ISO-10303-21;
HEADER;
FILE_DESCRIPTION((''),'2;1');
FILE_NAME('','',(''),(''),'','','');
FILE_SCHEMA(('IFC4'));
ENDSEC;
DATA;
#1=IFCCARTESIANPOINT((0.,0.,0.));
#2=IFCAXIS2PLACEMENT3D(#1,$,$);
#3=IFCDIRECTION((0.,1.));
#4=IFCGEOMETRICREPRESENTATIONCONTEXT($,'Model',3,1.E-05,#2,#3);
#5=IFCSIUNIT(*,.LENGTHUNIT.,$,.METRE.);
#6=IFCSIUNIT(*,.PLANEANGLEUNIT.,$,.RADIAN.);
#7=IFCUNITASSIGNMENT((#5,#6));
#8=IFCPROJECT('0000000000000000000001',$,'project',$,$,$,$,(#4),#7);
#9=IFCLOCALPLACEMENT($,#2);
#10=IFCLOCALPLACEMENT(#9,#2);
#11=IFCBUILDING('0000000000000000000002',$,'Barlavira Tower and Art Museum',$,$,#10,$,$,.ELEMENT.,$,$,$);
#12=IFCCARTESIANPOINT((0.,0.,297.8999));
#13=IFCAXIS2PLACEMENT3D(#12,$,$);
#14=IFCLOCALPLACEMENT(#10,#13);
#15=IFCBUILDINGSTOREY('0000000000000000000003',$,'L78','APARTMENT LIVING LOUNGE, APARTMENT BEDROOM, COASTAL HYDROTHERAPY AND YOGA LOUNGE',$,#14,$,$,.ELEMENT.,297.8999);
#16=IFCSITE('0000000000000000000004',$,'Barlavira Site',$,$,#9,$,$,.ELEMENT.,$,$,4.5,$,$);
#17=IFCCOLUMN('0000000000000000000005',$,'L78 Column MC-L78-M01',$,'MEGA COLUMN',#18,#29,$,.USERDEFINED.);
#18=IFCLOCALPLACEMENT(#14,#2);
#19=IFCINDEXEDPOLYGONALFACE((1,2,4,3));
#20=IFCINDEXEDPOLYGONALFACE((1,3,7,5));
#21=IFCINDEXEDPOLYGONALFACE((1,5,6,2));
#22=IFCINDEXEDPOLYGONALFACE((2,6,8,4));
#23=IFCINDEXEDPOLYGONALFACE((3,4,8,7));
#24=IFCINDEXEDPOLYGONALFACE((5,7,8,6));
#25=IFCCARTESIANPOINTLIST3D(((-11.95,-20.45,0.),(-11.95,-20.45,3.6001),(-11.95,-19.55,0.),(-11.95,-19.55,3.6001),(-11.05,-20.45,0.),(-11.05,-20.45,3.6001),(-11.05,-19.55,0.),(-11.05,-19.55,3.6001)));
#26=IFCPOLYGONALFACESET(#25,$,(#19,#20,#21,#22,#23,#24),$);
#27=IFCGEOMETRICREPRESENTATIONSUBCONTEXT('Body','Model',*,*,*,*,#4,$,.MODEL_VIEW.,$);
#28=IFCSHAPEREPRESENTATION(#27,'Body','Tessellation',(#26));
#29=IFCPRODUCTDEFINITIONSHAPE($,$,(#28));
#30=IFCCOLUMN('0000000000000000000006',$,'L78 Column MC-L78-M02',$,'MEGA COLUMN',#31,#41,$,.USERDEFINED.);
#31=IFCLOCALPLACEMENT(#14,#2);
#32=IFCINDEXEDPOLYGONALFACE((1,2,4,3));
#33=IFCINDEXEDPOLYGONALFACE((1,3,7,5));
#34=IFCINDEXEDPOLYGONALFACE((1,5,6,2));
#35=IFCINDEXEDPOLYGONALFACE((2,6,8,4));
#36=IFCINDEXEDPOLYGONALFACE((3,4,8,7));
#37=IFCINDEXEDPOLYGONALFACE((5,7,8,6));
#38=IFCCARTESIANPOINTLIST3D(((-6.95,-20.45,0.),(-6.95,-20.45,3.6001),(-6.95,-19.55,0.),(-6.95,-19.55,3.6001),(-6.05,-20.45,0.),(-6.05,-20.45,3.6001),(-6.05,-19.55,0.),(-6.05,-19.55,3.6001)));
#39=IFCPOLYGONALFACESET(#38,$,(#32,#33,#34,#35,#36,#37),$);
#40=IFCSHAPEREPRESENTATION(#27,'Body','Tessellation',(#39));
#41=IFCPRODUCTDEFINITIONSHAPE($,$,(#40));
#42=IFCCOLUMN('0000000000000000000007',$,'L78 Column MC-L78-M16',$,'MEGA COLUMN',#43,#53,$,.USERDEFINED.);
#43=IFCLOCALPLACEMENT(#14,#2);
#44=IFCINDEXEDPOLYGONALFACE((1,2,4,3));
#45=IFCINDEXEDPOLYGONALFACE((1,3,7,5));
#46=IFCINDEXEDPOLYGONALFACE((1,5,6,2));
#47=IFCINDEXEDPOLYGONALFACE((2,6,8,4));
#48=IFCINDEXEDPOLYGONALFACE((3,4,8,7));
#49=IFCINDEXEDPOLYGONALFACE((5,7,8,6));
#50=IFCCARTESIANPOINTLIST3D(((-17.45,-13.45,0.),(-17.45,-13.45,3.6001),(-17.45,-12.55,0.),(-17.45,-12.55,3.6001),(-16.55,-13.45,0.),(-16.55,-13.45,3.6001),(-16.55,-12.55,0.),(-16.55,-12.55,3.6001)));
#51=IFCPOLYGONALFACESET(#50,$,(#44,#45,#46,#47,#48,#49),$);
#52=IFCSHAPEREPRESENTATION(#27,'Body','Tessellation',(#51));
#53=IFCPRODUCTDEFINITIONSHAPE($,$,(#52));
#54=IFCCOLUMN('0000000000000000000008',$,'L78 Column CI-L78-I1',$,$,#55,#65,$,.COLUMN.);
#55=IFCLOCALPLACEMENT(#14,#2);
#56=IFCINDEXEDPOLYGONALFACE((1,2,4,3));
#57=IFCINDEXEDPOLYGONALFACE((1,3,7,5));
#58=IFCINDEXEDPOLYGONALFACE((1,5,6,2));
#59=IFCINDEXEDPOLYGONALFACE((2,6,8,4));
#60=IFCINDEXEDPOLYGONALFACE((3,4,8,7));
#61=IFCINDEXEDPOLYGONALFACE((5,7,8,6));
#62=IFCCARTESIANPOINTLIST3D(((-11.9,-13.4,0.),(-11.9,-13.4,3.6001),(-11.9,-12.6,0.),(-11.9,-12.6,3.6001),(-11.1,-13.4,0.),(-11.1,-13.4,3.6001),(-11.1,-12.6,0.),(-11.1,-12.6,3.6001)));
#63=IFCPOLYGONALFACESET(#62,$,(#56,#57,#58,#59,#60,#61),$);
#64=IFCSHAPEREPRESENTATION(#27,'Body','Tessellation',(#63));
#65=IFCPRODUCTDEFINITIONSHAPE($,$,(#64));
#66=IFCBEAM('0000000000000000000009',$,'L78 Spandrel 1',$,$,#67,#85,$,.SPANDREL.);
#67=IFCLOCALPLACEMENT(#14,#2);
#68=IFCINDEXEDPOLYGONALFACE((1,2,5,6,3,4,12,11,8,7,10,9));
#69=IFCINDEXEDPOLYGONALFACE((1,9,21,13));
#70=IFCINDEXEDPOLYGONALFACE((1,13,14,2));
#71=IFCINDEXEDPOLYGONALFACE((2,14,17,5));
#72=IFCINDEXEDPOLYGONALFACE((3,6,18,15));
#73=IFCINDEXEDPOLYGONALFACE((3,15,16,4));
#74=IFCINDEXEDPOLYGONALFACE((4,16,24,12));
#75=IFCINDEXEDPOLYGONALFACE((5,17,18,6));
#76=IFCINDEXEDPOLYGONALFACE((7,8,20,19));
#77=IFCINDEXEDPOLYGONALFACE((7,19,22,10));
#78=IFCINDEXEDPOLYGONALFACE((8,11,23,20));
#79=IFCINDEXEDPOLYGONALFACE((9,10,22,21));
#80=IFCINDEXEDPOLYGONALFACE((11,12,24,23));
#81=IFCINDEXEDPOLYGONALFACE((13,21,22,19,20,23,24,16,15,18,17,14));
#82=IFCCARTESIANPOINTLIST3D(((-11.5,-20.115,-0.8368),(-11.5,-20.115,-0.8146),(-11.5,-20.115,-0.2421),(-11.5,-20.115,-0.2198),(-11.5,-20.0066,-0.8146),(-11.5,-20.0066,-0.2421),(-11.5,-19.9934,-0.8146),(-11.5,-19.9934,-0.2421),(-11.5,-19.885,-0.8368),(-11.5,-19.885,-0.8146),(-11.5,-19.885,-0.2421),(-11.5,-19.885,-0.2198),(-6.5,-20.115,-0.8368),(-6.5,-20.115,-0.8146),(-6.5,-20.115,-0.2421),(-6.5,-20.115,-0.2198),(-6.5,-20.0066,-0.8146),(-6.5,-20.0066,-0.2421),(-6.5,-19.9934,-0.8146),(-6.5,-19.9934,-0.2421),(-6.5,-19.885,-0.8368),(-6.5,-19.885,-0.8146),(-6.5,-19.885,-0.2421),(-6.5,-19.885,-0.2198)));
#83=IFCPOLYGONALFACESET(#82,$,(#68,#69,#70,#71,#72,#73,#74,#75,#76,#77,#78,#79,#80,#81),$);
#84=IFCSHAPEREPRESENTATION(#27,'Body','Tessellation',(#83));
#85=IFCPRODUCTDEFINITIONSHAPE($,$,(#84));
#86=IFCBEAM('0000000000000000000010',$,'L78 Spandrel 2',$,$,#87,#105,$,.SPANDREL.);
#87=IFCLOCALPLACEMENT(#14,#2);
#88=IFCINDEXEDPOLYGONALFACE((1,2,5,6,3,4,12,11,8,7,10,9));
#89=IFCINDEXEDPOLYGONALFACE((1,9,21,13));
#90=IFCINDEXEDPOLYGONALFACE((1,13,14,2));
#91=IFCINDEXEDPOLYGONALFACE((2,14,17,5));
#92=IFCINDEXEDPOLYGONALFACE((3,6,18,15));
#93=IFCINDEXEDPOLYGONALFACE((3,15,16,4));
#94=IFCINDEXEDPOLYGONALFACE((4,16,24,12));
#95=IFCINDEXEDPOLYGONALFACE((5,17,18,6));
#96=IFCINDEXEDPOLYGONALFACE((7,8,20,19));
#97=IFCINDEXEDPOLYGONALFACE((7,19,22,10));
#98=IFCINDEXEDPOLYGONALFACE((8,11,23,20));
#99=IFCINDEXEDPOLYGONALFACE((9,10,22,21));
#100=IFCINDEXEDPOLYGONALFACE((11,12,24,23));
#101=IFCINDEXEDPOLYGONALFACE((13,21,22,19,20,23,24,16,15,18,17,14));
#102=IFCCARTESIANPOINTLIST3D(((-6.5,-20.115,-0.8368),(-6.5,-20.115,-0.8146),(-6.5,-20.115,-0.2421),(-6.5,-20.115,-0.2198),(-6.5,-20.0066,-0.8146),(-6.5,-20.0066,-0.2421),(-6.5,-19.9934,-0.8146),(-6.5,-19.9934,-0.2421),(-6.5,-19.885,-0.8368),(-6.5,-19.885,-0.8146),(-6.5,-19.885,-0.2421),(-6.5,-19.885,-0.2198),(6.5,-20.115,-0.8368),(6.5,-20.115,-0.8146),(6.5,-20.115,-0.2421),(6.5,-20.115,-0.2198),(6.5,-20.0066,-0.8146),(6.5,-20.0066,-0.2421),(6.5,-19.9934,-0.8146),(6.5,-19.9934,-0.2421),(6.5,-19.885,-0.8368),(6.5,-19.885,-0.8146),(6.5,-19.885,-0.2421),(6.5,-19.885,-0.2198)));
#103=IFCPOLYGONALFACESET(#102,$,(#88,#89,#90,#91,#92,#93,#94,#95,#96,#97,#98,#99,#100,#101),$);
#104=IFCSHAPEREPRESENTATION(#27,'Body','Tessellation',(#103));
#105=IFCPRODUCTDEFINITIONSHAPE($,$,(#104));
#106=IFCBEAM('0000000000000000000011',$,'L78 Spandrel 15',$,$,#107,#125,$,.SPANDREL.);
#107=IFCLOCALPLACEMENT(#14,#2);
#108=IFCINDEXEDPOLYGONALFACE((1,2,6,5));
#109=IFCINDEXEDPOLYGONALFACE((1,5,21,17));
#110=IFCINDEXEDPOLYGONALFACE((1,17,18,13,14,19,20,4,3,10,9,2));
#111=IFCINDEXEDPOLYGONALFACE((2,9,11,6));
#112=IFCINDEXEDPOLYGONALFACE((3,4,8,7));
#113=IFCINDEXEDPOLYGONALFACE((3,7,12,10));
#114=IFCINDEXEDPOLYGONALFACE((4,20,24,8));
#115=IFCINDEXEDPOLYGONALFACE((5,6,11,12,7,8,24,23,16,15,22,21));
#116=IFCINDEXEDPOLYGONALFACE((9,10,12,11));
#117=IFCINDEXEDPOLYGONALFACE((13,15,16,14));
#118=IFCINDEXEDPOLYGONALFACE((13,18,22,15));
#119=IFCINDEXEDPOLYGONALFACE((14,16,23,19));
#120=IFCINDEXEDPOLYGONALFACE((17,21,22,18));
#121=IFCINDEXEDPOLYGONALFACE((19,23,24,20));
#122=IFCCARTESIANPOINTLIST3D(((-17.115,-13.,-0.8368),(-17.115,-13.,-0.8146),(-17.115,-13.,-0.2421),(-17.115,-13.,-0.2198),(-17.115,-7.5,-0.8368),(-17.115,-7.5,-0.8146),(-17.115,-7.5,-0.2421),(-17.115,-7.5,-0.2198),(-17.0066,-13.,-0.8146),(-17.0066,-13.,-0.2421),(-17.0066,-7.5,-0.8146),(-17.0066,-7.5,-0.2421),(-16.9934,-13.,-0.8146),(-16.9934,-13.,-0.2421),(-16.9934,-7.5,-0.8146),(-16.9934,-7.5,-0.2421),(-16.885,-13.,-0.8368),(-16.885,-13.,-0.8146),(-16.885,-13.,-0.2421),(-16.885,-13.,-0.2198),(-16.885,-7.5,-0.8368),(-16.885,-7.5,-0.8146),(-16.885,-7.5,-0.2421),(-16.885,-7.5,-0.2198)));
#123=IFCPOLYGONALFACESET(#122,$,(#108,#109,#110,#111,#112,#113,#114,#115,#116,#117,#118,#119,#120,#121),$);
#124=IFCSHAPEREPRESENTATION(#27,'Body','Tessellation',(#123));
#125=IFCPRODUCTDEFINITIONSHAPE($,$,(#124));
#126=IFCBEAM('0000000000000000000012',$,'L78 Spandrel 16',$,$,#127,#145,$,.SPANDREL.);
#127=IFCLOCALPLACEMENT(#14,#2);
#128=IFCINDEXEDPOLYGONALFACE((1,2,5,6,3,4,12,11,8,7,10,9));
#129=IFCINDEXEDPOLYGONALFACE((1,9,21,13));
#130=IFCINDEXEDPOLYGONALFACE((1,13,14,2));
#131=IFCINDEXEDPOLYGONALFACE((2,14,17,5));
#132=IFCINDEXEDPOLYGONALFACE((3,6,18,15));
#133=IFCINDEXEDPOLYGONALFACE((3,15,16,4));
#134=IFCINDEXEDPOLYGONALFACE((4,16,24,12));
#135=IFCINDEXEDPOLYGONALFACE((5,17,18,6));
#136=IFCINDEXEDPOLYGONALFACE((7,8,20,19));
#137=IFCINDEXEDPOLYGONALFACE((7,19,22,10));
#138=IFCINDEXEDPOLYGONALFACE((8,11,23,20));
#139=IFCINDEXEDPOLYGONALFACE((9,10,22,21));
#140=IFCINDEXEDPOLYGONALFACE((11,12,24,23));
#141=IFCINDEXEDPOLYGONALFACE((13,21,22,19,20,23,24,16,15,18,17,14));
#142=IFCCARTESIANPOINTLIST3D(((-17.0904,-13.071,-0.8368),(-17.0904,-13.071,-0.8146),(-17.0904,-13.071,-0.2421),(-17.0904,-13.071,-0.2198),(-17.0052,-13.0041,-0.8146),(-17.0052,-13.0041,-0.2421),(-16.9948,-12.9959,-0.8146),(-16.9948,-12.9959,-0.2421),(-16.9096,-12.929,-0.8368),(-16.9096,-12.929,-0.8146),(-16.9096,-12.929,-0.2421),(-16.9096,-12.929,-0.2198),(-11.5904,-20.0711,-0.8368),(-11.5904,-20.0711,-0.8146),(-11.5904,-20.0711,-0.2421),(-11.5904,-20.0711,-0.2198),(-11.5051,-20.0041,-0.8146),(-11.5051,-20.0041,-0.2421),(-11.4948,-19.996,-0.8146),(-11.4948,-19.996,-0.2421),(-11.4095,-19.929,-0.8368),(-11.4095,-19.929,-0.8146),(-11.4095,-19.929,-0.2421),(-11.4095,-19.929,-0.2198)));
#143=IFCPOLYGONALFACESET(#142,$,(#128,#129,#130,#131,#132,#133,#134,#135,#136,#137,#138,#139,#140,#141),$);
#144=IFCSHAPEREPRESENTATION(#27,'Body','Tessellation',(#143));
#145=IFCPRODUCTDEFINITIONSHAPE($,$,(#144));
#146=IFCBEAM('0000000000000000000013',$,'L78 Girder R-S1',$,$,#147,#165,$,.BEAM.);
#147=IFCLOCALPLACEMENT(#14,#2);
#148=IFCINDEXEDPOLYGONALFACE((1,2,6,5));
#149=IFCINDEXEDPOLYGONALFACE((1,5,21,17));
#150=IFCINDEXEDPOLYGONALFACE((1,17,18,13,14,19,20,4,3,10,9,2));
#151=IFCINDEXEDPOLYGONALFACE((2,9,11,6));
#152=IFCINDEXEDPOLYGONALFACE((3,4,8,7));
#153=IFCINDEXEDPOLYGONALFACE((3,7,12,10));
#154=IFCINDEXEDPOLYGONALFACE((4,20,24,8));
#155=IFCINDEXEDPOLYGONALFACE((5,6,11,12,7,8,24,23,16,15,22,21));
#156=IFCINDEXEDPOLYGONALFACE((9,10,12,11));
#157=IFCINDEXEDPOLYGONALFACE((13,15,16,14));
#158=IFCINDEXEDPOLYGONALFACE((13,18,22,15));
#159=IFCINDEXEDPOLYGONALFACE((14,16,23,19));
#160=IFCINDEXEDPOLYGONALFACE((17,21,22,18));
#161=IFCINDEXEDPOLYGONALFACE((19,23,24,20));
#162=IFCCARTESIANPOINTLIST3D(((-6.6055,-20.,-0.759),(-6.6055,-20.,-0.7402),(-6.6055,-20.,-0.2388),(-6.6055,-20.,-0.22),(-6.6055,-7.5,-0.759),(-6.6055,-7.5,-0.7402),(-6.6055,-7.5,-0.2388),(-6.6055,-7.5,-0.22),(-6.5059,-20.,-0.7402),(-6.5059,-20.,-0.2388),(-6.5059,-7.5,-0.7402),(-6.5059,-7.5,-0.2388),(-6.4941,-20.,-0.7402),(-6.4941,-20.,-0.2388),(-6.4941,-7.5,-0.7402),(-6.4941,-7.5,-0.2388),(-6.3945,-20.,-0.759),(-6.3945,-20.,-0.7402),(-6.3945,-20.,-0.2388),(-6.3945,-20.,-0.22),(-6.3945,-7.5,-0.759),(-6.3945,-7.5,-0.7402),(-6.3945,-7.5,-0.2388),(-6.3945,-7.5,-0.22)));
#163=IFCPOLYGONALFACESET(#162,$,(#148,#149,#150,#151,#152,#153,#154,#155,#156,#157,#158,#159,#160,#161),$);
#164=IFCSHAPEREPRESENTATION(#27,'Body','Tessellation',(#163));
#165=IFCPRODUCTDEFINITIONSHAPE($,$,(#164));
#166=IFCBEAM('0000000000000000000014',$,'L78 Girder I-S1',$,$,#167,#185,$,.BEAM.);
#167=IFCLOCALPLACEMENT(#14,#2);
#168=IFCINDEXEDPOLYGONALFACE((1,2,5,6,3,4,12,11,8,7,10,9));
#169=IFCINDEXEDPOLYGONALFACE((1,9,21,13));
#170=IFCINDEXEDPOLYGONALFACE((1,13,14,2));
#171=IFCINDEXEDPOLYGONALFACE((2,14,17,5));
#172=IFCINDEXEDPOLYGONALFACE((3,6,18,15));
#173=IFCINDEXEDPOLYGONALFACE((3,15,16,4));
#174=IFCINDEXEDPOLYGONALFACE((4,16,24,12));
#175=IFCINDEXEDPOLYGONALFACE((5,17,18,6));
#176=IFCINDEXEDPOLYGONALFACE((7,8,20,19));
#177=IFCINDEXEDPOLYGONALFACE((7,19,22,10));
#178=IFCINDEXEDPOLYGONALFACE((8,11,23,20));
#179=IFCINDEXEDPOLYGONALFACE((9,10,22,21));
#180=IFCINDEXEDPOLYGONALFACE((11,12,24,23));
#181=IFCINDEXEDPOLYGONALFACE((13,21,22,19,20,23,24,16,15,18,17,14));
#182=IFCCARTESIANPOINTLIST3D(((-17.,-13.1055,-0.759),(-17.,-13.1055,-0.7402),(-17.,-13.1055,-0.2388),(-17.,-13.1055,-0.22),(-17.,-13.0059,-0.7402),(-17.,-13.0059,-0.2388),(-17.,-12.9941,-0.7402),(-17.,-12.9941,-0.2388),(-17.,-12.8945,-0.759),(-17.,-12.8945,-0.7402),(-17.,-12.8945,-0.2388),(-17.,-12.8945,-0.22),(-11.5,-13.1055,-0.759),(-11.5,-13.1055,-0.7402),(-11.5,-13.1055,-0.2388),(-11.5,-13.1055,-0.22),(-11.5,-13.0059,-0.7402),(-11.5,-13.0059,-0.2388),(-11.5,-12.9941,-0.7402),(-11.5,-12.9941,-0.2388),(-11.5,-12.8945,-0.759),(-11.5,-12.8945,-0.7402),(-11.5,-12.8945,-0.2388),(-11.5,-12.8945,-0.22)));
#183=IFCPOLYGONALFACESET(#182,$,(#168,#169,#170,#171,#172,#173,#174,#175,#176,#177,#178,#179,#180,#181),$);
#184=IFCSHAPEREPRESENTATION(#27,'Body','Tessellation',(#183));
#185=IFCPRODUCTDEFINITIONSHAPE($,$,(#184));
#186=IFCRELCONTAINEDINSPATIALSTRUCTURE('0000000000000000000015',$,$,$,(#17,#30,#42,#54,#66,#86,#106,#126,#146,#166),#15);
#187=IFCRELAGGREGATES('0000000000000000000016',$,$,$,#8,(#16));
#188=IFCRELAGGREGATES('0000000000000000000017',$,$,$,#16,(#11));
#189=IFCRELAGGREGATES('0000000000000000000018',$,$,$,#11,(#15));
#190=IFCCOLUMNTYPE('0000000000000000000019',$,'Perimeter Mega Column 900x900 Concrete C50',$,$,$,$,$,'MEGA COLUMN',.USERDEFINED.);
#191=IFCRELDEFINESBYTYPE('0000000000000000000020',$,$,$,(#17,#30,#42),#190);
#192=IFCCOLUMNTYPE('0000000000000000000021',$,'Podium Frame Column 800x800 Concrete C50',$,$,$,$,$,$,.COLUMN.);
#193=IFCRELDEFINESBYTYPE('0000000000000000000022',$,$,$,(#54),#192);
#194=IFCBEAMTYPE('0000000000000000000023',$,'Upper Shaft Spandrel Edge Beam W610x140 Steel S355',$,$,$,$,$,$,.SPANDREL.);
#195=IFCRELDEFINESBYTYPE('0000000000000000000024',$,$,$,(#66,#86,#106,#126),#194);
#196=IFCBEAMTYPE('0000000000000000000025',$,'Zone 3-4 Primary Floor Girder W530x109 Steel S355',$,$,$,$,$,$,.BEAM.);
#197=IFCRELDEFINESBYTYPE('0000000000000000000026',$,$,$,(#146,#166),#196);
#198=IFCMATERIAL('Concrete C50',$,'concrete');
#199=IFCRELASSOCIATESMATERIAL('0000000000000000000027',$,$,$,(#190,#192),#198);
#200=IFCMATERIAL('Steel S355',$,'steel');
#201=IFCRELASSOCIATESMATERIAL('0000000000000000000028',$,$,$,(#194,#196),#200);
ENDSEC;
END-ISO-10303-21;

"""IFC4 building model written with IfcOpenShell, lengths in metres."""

from ifc_helpers import new_model, si_unit, direction, frame, origin, origin_2d, place, context, subcontext, project, spatial, rectangle, i_section, extrude, material, material_profile, profile_set, type_object, element, save


model = new_model("IFC4")

# Units and contexts
model_context = context("Model", 3, precision=1e-05, world=origin(), true_north=direction((0.0, 1.0)))
body_context = subcontext(model_context, "Body", "Model", "MODEL_VIEW")
ifc_project = project(units=[si_unit("LENGTHUNIT", "METRE"), si_unit("PLANEANGLEUNIT", "RADIAN")], contexts=[model_context])

# Site, building, storey
site_placement = place(None, origin())
site = spatial("IfcSite", under=ifc_project, at=site_placement, Name="Barlavira Site", CompositionType="ELEMENT", RefElevation=4.5)
building_placement = place(site_placement, origin())
building = spatial("IfcBuilding", under=site, at=building_placement, Name="Barlavira Tower and Art Museum", CompositionType="ELEMENT")
storey_placement = place(building_placement, frame((0.0, 0.0, 297.8999)))
storey = spatial("IfcBuildingStorey", under=building, at=storey_placement, Name="L78", Description="APARTMENT LIVING LOUNGE, APARTMENT BEDROOM, COASTAL HYDROTHERAPY AND YOGA LOUNGE", CompositionType="ELEMENT", Elevation=297.8999)

# Columns
ifc_material_1 = material(Name="Concrete C50", Category="concrete")
ifc_material_profile_1 = material_profile(ifc_material_1, rectangle(XDim=0.8999, YDim=0.8999, at=origin_2d()), Name="RC-COL 900x900")
ifc_profile_set_1 = profile_set([ifc_material_profile_1], Name="Concrete C50")
column_type_1 = type_object("IfcColumnType", Name="Perimeter Mega Column 900x900 Concrete C50", ElementType="MEGA COLUMN", PredefinedType="USERDEFINED", material=ifc_profile_set_1)
for number, where, z_axis, x_axis, name in (
    (1, (-11.5, -20.0, 0.0), (0.0, 0.0, 1.0), (1.0, 0.0, 0.0), "L78 Column MC-L78-M01"),
    (2, (-6.5, -20.0, 0.0), (0.0, 0.0, 1.0), (1.0, 0.0, 0.0), "L78 Column MC-L78-M02"),
    (3, (-17.0, -13.0, 0.0), (0.0, 0.0, 1.0), (1.0, 0.0, 0.0), "L78 Column MC-L78-M16"),
):
    element("IfcColumn", number, at=place(storey_placement, frame(where, z_axis=z_axis, x_axis=x_axis)), inside=storey, type_object=column_type_1, Name=name, ObjectType="MEGA COLUMN", PredefinedType="USERDEFINED", context=body_context, shape_type="SweptSolid", body=[
        extrude(rectangle(XDim=0.8999, YDim=0.8999, at=origin_2d()), origin(), (0.0, 0.0, 1.0), 3.6001),
    ])
ifc_material_profile_2 = material_profile(ifc_material_1, rectangle(XDim=0.8, YDim=0.8, at=origin_2d()), Name="RC-COL 800x800")
ifc_profile_set_2 = profile_set([ifc_material_profile_2], Name="Concrete C50")
column_type_2 = type_object("IfcColumnType", Name="Podium Frame Column 800x800 Concrete C50", PredefinedType="COLUMN", material=ifc_profile_set_2)
column_placement = place(storey_placement, frame((-11.5, -13.0, 0.0), z_axis=(0.0, 0.0, 1.0), x_axis=(1.0, 0.0, 0.0)))
element("IfcColumn", 4, at=column_placement, inside=storey, type_object=column_type_2, Name="L78 Column CI-L78-I1", PredefinedType="COLUMN", context=body_context, shape_type="SweptSolid", body=[
    extrude(rectangle(XDim=0.8, YDim=0.8, at=origin_2d()), origin(), (0.0, 0.0, 1.0), 3.6001),
])

# Beams
ifc_material_2 = material(Name="Steel S355", Category="steel")
ifc_material_profile_3 = material_profile(ifc_material_2, i_section(OverallWidth=0.23, OverallDepth=0.6169, WebThickness=0.0132, FlangeThickness=0.0222, at=origin_2d()), Name="W610x140.0")
ifc_profile_set_3 = profile_set([ifc_material_profile_3], Name="Steel S355")
beam_type_1 = type_object("IfcBeamType", Name="Upper Shaft Spandrel Edge Beam W610x140 Steel S355", PredefinedType="SPANDREL", material=ifc_profile_set_3)
beam_1_placement = place(storey_placement, frame((-11.5, -20.0, -0.5283), z_axis=(1.0, 0.0, 0.0), x_axis=(0.0, 1.0, 0.0)))
element("IfcBeam", 5, at=beam_1_placement, inside=storey, type_object=beam_type_1, Name="L78 Spandrel 1", PredefinedType="SPANDREL", context=body_context, shape_type="SweptSolid", body=[
    extrude(i_section(OverallWidth=0.23, OverallDepth=0.6169, WebThickness=0.0132, FlangeThickness=0.0222, at=origin_2d()), origin(), (0.0, 0.0, 1.0), 5.0),
])
beam_2_placement = place(storey_placement, frame((-6.5, -20.0, -0.5283), z_axis=(1.0, 0.0, 0.0), x_axis=(0.0, 1.0, 0.0)))
element("IfcBeam", 6, at=beam_2_placement, inside=storey, type_object=beam_type_1, Name="L78 Spandrel 2", PredefinedType="SPANDREL", context=body_context, shape_type="SweptSolid", body=[
    extrude(i_section(OverallWidth=0.23, OverallDepth=0.6169, WebThickness=0.0132, FlangeThickness=0.0222, at=origin_2d()), origin(), (0.0, 0.0, 1.0), 13.0),
])
beam_3_placement = place(storey_placement, frame((-17.0, -13.0, -0.5283), z_axis=(0.0, 1.0, 0.0), x_axis=(-1.0, 0.0, 0.0)))
element("IfcBeam", 7, at=beam_3_placement, inside=storey, type_object=beam_type_1, Name="L78 Spandrel 15", PredefinedType="SPANDREL", context=body_context, shape_type="SweptSolid", body=[
    extrude(i_section(OverallWidth=0.23, OverallDepth=0.6169, WebThickness=0.0132, FlangeThickness=0.0222, at=origin_2d()), origin(), (0.0, 0.0, 1.0), 5.5),
])
beam_4_placement = place(storey_placement, frame((-17.0, -13.0, -0.5283), z_axis=(0.617822, -0.786318, 0.0), x_axis=(0.786318, 0.617822, 0.0)))
element("IfcBeam", 8, at=beam_4_placement, inside=storey, type_object=beam_type_1, Name="L78 Spandrel 16", PredefinedType="SPANDREL", context=body_context, shape_type="SweptSolid", body=[
    extrude(i_section(OverallWidth=0.23, OverallDepth=0.6169, WebThickness=0.0132, FlangeThickness=0.0222, at=origin_2d()), origin(), (0.0, 0.0, 1.0), 8.9023),
])
ifc_material_profile_4 = material_profile(ifc_material_2, i_section(OverallWidth=0.2109, OverallDepth=0.5391, WebThickness=0.0117, FlangeThickness=0.0188, at=origin_2d()), Name="W530x109.0")
ifc_profile_set_4 = profile_set([ifc_material_profile_4], Name="Steel S355")
beam_type_2 = type_object("IfcBeamType", Name="Zone 3-4 Primary Floor Girder W530x109 Steel S355", PredefinedType="BEAM", material=ifc_profile_set_4)
beam_5_placement = place(storey_placement, frame((-6.5, -20.0, -0.4895), z_axis=(0.0, 1.0, 0.0), x_axis=(-1.0, 0.0, 0.0)))
element("IfcBeam", 9, at=beam_5_placement, inside=storey, type_object=beam_type_2, Name="L78 Girder R-S1", PredefinedType="BEAM", context=body_context, shape_type="SweptSolid", body=[
    extrude(i_section(OverallWidth=0.2109, OverallDepth=0.5391, WebThickness=0.0117, FlangeThickness=0.0188, at=origin_2d()), origin(), (0.0, 0.0, 1.0), 12.5),
])
beam_6_placement = place(storey_placement, frame((-17.0, -13.0, -0.4895), z_axis=(1.0, 0.0, 0.0), x_axis=(0.0, 1.0, 0.0)))
element("IfcBeam", 10, at=beam_6_placement, inside=storey, type_object=beam_type_2, Name="L78 Girder I-S1", PredefinedType="BEAM", context=body_context, shape_type="SweptSolid", body=[
    extrude(i_section(OverallWidth=0.2109, OverallDepth=0.5391, WebThickness=0.0117, FlangeThickness=0.0188, at=origin_2d()), origin(), (0.0, 0.0, 1.0), 5.5),
])

save(model, "model.ifc")
